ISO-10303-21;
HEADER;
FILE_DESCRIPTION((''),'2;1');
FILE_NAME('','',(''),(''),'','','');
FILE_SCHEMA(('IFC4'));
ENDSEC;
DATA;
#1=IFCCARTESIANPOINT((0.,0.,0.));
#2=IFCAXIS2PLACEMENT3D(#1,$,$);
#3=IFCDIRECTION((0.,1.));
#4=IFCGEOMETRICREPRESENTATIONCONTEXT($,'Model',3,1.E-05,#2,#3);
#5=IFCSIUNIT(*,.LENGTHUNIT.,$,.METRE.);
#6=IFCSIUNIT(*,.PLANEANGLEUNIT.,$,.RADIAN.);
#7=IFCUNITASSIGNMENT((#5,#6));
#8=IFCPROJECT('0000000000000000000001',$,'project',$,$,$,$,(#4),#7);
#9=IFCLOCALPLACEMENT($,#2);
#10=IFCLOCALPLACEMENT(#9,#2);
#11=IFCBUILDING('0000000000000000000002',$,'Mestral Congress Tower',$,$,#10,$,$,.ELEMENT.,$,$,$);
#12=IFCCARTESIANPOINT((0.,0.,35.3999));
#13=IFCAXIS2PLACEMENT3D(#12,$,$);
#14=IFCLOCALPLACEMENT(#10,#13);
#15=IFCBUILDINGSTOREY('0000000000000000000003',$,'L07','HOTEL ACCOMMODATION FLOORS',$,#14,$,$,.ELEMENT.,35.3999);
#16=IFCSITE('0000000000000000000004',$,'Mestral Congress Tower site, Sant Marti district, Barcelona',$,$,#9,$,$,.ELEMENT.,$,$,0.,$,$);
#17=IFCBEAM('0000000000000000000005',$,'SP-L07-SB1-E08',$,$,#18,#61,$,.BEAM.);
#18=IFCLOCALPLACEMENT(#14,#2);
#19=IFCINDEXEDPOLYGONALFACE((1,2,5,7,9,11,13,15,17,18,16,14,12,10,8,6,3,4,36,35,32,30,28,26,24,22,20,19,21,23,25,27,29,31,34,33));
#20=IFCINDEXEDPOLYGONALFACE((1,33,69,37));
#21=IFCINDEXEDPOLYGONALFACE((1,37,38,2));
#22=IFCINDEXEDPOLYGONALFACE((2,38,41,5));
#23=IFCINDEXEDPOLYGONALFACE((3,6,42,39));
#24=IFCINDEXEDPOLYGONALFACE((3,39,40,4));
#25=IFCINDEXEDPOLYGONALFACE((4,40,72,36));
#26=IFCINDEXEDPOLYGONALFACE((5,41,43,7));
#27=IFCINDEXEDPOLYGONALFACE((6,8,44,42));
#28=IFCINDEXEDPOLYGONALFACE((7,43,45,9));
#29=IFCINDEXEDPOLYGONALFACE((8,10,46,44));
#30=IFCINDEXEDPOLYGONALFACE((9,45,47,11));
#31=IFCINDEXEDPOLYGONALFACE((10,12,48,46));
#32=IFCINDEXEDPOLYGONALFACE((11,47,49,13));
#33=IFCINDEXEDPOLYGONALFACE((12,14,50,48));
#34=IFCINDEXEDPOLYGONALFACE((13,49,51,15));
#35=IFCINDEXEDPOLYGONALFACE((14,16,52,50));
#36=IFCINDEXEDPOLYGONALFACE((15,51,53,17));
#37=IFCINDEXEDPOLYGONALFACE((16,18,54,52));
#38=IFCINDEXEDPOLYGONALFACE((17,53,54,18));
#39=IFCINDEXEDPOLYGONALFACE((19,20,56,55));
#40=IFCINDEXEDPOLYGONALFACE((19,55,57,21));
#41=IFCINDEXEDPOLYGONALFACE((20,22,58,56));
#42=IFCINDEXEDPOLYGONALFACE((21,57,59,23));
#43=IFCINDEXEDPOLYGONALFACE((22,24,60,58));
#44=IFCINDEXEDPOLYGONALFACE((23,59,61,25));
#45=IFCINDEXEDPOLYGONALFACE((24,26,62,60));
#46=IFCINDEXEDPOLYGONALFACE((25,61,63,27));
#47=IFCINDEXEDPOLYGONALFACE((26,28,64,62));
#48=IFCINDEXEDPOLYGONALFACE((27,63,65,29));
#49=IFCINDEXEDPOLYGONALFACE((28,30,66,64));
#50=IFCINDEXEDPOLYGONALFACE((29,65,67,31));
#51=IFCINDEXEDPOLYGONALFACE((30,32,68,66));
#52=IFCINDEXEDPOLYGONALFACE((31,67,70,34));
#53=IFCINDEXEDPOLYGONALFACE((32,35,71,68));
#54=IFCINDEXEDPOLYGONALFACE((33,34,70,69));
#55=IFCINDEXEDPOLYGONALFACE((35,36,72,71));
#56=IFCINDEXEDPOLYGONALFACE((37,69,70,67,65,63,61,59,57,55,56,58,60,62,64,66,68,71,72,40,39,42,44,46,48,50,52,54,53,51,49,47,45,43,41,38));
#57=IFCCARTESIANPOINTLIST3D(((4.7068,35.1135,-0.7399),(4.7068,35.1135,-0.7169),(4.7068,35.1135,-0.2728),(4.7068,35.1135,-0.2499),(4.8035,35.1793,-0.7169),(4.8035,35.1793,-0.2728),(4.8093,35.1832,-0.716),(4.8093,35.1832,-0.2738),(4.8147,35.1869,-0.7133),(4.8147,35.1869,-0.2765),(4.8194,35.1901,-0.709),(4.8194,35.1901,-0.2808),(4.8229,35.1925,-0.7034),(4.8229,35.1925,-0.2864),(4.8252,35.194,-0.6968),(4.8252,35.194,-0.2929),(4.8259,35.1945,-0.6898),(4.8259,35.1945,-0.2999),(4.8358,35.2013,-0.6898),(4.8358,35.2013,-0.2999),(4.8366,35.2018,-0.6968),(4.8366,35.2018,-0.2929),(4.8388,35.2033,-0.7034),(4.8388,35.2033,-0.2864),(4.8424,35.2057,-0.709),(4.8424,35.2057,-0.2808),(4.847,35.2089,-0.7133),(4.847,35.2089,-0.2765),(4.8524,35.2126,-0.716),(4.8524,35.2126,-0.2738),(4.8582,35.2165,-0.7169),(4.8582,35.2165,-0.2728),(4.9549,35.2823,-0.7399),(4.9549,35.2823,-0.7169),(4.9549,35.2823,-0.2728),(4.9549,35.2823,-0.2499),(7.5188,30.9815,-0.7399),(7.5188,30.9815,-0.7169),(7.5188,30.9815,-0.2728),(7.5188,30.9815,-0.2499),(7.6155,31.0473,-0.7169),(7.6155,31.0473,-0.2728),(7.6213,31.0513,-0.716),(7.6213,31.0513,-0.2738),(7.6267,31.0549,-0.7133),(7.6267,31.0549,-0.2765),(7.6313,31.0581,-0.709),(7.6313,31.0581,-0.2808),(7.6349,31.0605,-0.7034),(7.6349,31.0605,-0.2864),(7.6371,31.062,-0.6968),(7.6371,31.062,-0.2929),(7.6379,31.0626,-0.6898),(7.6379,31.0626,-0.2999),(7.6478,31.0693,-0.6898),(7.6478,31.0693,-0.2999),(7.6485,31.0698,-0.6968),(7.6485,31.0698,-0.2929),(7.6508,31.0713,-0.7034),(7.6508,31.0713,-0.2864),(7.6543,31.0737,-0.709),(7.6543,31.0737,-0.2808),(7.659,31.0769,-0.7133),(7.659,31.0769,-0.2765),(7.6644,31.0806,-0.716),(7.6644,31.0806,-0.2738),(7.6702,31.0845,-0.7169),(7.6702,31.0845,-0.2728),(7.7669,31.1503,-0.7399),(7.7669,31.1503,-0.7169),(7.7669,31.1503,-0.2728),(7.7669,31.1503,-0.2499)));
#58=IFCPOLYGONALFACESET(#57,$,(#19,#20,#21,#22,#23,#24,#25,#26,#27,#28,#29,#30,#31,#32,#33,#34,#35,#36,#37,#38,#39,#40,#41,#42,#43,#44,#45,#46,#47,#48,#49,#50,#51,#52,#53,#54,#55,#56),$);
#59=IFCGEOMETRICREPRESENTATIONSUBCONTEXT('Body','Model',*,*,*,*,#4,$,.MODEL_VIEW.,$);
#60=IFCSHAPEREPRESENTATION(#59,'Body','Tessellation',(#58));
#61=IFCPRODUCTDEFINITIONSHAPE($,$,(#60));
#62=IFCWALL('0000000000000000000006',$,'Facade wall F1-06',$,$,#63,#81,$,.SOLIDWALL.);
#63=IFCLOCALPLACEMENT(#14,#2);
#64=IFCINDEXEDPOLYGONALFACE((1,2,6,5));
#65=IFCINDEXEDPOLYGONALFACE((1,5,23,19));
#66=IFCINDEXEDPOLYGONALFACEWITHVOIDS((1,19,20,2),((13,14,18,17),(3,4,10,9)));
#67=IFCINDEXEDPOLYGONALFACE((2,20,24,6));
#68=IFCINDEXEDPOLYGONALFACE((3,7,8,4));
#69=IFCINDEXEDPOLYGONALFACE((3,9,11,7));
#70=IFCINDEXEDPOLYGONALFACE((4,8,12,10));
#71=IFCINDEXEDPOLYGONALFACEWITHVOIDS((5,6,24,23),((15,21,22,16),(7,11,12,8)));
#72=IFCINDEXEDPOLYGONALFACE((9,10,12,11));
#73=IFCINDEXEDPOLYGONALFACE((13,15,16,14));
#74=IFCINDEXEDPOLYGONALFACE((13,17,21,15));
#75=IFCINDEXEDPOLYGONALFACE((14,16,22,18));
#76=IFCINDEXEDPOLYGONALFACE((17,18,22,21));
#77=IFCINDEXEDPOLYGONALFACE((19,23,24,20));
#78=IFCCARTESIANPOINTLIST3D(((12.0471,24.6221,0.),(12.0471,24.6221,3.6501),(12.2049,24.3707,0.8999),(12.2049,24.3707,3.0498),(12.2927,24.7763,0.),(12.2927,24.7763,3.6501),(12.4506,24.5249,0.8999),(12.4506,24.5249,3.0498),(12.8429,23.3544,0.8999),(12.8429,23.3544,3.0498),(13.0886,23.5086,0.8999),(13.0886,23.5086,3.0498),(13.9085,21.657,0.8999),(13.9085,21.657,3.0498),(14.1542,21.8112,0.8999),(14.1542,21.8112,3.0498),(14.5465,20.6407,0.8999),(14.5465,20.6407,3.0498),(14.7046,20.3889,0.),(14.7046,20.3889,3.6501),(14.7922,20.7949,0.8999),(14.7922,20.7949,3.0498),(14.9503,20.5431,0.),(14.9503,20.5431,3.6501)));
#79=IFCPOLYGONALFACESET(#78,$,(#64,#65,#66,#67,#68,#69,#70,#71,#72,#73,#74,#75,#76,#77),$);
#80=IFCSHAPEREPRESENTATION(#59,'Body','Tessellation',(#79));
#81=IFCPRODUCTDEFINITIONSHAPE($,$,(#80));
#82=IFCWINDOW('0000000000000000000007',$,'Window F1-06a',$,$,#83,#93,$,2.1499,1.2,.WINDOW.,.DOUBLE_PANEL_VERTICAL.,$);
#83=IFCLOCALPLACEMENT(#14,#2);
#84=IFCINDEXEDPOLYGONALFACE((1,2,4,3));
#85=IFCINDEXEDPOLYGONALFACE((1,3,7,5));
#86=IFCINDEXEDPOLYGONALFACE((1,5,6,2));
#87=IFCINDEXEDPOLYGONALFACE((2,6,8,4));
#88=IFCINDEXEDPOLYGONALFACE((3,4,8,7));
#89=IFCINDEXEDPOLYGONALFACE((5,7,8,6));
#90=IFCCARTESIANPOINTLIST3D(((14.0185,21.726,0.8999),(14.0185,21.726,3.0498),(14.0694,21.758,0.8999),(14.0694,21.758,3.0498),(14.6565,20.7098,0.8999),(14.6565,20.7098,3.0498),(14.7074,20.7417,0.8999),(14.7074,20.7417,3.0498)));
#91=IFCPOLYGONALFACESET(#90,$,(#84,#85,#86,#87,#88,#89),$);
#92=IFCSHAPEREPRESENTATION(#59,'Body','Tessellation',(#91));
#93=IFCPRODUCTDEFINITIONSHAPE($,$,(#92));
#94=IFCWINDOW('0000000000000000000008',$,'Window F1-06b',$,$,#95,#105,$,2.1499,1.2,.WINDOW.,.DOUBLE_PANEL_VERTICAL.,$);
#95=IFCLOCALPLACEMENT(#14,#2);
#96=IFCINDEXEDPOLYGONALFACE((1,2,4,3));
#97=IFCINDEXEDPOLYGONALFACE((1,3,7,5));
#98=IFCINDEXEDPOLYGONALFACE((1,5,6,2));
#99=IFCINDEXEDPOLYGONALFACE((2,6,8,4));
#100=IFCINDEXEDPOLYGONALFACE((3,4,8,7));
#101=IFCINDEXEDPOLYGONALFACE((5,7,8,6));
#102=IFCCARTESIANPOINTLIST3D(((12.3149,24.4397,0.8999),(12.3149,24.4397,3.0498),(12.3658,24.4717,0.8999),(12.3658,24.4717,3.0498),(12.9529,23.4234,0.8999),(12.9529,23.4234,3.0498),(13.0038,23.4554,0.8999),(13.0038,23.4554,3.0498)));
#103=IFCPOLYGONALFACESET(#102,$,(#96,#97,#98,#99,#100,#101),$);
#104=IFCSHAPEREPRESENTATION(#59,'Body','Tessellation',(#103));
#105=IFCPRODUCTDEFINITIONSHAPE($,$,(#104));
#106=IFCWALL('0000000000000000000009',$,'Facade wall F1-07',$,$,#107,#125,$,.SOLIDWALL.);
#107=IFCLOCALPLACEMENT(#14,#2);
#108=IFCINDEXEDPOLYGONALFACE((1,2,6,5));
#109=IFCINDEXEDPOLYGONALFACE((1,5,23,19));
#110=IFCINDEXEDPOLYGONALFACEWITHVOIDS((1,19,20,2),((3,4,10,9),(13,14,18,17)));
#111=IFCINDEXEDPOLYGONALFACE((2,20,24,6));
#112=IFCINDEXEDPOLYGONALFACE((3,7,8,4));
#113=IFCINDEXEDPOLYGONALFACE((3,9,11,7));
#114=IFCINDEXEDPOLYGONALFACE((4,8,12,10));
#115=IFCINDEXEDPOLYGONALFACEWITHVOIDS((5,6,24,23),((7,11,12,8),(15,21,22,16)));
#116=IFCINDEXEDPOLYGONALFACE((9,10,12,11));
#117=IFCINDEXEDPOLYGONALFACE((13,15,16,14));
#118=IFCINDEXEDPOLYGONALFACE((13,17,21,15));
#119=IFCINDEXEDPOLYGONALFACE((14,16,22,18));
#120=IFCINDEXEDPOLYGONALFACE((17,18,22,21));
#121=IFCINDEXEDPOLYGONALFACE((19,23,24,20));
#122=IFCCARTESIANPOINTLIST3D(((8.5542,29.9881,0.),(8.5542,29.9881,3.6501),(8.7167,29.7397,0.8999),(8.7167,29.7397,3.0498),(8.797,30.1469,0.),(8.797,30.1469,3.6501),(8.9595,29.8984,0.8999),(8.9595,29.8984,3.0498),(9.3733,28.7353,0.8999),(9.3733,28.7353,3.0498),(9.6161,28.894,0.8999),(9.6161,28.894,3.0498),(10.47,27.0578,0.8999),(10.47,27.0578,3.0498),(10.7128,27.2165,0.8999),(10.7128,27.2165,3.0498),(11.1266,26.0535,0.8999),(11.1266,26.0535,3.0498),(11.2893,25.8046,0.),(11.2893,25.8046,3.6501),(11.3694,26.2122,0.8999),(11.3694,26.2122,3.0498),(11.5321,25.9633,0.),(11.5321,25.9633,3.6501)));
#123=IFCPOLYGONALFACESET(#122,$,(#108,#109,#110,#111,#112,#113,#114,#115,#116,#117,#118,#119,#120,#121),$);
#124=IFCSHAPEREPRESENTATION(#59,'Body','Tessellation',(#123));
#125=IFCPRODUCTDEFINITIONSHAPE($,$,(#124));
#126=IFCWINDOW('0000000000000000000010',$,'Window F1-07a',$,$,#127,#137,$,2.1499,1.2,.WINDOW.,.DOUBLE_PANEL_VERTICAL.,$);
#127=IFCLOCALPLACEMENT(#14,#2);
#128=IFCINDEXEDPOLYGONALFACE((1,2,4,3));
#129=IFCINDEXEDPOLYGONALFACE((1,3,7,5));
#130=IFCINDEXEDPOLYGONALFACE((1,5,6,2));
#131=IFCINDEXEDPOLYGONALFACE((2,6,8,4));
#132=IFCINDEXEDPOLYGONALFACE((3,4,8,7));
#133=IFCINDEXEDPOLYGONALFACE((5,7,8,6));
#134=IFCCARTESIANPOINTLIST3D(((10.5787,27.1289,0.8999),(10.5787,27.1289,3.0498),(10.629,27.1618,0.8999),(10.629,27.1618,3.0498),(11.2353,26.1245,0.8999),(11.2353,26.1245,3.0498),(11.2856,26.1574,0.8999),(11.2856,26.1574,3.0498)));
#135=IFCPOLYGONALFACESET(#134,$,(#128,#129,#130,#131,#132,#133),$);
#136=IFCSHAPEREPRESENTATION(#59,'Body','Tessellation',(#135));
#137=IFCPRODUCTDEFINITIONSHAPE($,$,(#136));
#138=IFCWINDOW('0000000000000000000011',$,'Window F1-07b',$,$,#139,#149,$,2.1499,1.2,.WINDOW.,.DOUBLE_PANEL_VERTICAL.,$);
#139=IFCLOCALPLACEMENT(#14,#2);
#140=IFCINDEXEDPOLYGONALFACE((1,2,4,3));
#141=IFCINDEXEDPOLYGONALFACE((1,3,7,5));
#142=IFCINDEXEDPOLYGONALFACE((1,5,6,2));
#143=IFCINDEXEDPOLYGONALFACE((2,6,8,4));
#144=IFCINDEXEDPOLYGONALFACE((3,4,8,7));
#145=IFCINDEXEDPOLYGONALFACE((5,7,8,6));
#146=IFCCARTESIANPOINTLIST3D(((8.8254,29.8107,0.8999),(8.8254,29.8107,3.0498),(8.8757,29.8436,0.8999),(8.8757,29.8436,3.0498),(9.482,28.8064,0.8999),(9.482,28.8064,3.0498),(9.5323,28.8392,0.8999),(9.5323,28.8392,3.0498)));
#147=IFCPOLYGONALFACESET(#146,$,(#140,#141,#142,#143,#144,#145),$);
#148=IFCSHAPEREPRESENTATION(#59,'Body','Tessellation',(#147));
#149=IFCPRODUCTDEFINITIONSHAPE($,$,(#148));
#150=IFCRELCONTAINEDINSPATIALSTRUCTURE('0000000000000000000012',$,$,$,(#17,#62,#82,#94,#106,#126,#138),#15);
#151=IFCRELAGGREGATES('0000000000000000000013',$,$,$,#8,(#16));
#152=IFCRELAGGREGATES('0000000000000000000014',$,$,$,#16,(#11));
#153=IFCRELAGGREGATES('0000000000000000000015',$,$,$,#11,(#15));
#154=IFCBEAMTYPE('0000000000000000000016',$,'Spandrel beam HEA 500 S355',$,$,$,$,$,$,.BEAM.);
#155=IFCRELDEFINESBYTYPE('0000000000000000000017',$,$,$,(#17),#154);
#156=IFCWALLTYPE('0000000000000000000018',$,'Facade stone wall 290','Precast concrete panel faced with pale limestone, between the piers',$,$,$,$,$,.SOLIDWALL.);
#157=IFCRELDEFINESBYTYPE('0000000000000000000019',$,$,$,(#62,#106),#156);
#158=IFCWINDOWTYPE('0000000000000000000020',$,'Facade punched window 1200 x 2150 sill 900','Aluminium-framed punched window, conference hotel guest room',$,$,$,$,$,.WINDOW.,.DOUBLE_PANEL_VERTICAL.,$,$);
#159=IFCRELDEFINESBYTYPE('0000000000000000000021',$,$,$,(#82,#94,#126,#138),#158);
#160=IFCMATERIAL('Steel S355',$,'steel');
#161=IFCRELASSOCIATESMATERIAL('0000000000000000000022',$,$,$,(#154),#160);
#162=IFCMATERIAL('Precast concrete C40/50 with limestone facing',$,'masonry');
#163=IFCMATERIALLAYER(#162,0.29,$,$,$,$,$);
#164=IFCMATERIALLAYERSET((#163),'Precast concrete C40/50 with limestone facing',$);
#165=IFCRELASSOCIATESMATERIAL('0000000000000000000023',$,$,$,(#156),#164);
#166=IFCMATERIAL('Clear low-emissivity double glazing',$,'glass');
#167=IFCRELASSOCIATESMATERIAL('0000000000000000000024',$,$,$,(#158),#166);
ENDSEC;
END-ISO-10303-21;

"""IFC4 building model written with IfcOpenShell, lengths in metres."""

from ifc_helpers import new_model, si_unit, direction, frame, frame_2d, origin, origin_2d, place, context, subcontext, project, spatial, rectangle, i_section, extrude, material, layer, layer_set, material_profile, profile_set, type_object, element, fill, save


model = new_model("IFC4")

# Units and contexts
model_context = context("Model", 3, precision=1e-05, world=origin(), true_north=direction((0.0, 1.0)))
body_context = subcontext(model_context, "Body", "Model", "MODEL_VIEW")
ifc_project = project(units=[si_unit("LENGTHUNIT", "METRE"), si_unit("PLANEANGLEUNIT", "RADIAN")], contexts=[model_context])

# Site, building, storey
site_placement = place(None, origin())
site = spatial("IfcSite", under=ifc_project, at=site_placement, Name="Mestral Congress Tower site, Sant Marti district, Barcelona", CompositionType="ELEMENT", RefElevation=0.0)
building_placement = place(site_placement, origin())
building = spatial("IfcBuilding", under=site, at=building_placement, Name="Mestral Congress Tower", CompositionType="ELEMENT")
storey_placement = place(building_placement, frame((0.0, 0.0, 35.3999)))
storey = spatial("IfcBuildingStorey", under=building, at=storey_placement, Name="L07", Description="HOTEL ACCOMMODATION FLOORS", CompositionType="ELEMENT", Elevation=35.3999)

# Beam
ifc_material_1 = material(Name="Steel S355", Category="steel")
ifc_material_profile_1 = material_profile(ifc_material_1, i_section(OverallWidth=0.3, OverallDepth=0.49, WebThickness=0.012, FlangeThickness=0.0229, FilletRadius=0.0271, at=origin_2d()), Name="HEA 500")
ifc_profile_set_1 = profile_set([ifc_material_profile_1], Name="Steel S355")
beam_type_1 = type_object("IfcBeamType", Name="Spandrel beam HEA 500 S355", PredefinedType="BEAM", material=ifc_profile_set_1)
beam_1_placement = place(storey_placement, frame((7.6428, 31.0659, -0.4949), z_axis=(-0.562611, 0.826722, 0.0), x_axis=(-0.826722, -0.562611, 0.0)))
element("IfcBeam", 1, at=beam_1_placement, inside=storey, type_object=beam_type_1, Name="SP-L07-SB1-E08", PredefinedType="BEAM", context=body_context, shape_type="SweptSolid", body=[
    extrude(i_section(OverallWidth=0.3, OverallDepth=0.49, WebThickness=0.012, FlangeThickness=0.0229, FilletRadius=0.0271, at=origin_2d()), origin(), (0.0, 0.0, 1.0), 4.998),
])

# Walls, openings, windows
ifc_material_2 = material(Name="Precast concrete C40/50 with limestone facing", Category="masonry")
ifc_layer_1 = layer(ifc_material_2, 0.29)
ifc_layer_set_1 = layer_set([ifc_layer_1], Name="Precast concrete C40/50 with limestone facing")
wall_type_1 = type_object("IfcWallType", Name="Facade stone wall 290", Description="Precast concrete panel faced with pale limestone, between the piers", PredefinedType="SOLIDWALL", material=ifc_layer_set_1)
wall_1_placement = place(storey_placement, frame((14.8274, 20.4661, 0.0), z_axis=(0.0, 0.0, 1.0), x_axis=(-0.531688, 0.84694, 0.0)))
wall_1 = element("IfcWall", 2, at=wall_1_placement, inside=storey, type_object=wall_type_1, Name="Facade wall F1-06", PredefinedType="SOLIDWALL", context=body_context, shape_type="SweptSolid", body=[
    extrude(rectangle(XDim=4.9983, YDim=0.29, at=frame_2d((2.499, 0.0))), origin(), (0.0, 0.0, 1.0), 3.6501),
])
opening_1_placement = place(wall_1_placement, frame((0.2971, 0.0, 0.8999)))
opening_1 = element("IfcOpeningElement", 3, at=opening_1_placement, cuts=wall_1, PredefinedType="OPENING", context=body_context, shape_type="SweptSolid", body=[
    extrude(rectangle(XDim=1.2, YDim=2.1499, at=frame_2d((0.6001, 1.075))), frame((0.0, 0.155, 0.0), z_axis=(0.0, -1.0, 0.0), x_axis=(1.0, 0.0, 0.0)), (0.0, 0.0, 1.0), 0.3101),
])
opening_2_placement = place(wall_1_placement, frame((3.5012, 0.0, 0.8999)))
opening_2 = element("IfcOpeningElement", 4, at=opening_2_placement, cuts=wall_1, PredefinedType="OPENING", context=body_context, shape_type="SweptSolid", body=[
    extrude(rectangle(XDim=1.2, YDim=2.1499, at=frame_2d((0.6001, 1.075))), frame((0.0, 0.155, 0.0), z_axis=(0.0, -1.0, 0.0), x_axis=(1.0, 0.0, 0.0)), (0.0, 0.0, 1.0), 0.3101),
])
ifc_material_3 = material(Name="Clear low-emissivity double glazing", Category="glass")
window_type = type_object("IfcWindowType", Name="Facade punched window 1200 x 2150 sill 900", Description="Aluminium-framed punched window, conference hotel guest room", PartitioningType="DOUBLE_PANEL_VERTICAL", PredefinedType="WINDOW", material=ifc_material_3)
window_1_placement = place(opening_1_placement, origin())
window_1 = element("IfcWindow", 5, at=window_1_placement, inside=storey, type_object=window_type, Name="Window F1-06a", OverallHeight=2.1499, OverallWidth=1.2, PartitioningType="DOUBLE_PANEL_VERTICAL", PredefinedType="WINDOW", context=body_context, shape_type="SweptSolid", body=[
    extrude(rectangle(XDim=1.2, YDim=2.1499, at=frame_2d((0.6001, 1.075))), frame((0.0, 0.0151, 0.0), z_axis=(0.0, -1.0, 0.0), x_axis=(1.0, 0.0, 0.0)), (0.0, 0.0, 1.0), 0.0601),
])
fill(opening_1, window_1)
window_2_placement = place(opening_2_placement, origin())
window_2 = element("IfcWindow", 6, at=window_2_placement, inside=storey, type_object=window_type, Name="Window F1-06b", OverallHeight=2.1499, OverallWidth=1.2, PartitioningType="DOUBLE_PANEL_VERTICAL", PredefinedType="WINDOW", context=body_context, shape_type="SweptSolid", body=[
    extrude(rectangle(XDim=1.2, YDim=2.1499, at=frame_2d((0.6001, 1.075))), frame((0.0, 0.0151, 0.0), z_axis=(0.0, -1.0, 0.0), x_axis=(1.0, 0.0, 0.0)), (0.0, 0.0, 1.0), 0.0601),
])
fill(opening_2, window_2)
wall_2_placement = place(storey_placement, frame((11.4106, 25.884, 0.0), z_axis=(0.0, 0.0, 1.0), x_axis=(-0.547205, 0.836999, 0.0)))
wall_2 = element("IfcWall", 7, at=wall_2_placement, inside=storey, type_object=wall_type_1, Name="Facade wall F1-07", PredefinedType="SOLIDWALL", context=body_context, shape_type="SweptSolid", body=[
    extrude(rectangle(XDim=4.9983, YDim=0.29, at=frame_2d((2.499, 0.0))), origin(), (0.0, 0.0, 1.0), 3.6501),
])
opening_3_placement = place(wall_2_placement, frame((0.2971, 0.0, 0.8999)))
opening_3 = element("IfcOpeningElement", 8, at=opening_3_placement, cuts=wall_2, PredefinedType="OPENING", context=body_context, shape_type="SweptSolid", body=[
    extrude(rectangle(XDim=1.2, YDim=2.1499, at=frame_2d((0.6001, 1.075))), frame((0.0, 0.155, 0.0), z_axis=(0.0, -1.0, 0.0), x_axis=(1.0, 0.0, 0.0)), (0.0, 0.0, 1.0), 0.3101),
])
opening_4_placement = place(wall_2_placement, frame((3.5012, 0.0, 0.8999)))
opening_4 = element("IfcOpeningElement", 9, at=opening_4_placement, cuts=wall_2, PredefinedType="OPENING", context=body_context, shape_type="SweptSolid", body=[
    extrude(rectangle(XDim=1.2, YDim=2.1499, at=frame_2d((0.6001, 1.075))), frame((0.0, 0.155, 0.0), z_axis=(0.0, -1.0, 0.0), x_axis=(1.0, 0.0, 0.0)), (0.0, 0.0, 1.0), 0.3101),
])
window_3_placement = place(opening_3_placement, origin())
window_3 = element("IfcWindow", 10, at=window_3_placement, inside=storey, type_object=window_type, Name="Window F1-07a", OverallHeight=2.1499, OverallWidth=1.2, PartitioningType="DOUBLE_PANEL_VERTICAL", PredefinedType="WINDOW", context=body_context, shape_type="SweptSolid", body=[
    extrude(rectangle(XDim=1.2, YDim=2.1499, at=frame_2d((0.6001, 1.075))), frame((0.0, 0.0151, 0.0), z_axis=(0.0, -1.0, 0.0), x_axis=(1.0, 0.0, 0.0)), (0.0, 0.0, 1.0), 0.0601),
])
fill(opening_3, window_3)
window_4_placement = place(opening_4_placement, origin())
window_4 = element("IfcWindow", 11, at=window_4_placement, inside=storey, type_object=window_type, Name="Window F1-07b", OverallHeight=2.1499, OverallWidth=1.2, PartitioningType="DOUBLE_PANEL_VERTICAL", PredefinedType="WINDOW", context=body_context, shape_type="SweptSolid", body=[
    extrude(rectangle(XDim=1.2, YDim=2.1499, at=frame_2d((0.6001, 1.075))), frame((0.0, 0.0151, 0.0), z_axis=(0.0, -1.0, 0.0), x_axis=(1.0, 0.0, 0.0)), (0.0, 0.0, 1.0), 0.0601),
])
fill(opening_4, window_4)

save(model, "model.ifc")
